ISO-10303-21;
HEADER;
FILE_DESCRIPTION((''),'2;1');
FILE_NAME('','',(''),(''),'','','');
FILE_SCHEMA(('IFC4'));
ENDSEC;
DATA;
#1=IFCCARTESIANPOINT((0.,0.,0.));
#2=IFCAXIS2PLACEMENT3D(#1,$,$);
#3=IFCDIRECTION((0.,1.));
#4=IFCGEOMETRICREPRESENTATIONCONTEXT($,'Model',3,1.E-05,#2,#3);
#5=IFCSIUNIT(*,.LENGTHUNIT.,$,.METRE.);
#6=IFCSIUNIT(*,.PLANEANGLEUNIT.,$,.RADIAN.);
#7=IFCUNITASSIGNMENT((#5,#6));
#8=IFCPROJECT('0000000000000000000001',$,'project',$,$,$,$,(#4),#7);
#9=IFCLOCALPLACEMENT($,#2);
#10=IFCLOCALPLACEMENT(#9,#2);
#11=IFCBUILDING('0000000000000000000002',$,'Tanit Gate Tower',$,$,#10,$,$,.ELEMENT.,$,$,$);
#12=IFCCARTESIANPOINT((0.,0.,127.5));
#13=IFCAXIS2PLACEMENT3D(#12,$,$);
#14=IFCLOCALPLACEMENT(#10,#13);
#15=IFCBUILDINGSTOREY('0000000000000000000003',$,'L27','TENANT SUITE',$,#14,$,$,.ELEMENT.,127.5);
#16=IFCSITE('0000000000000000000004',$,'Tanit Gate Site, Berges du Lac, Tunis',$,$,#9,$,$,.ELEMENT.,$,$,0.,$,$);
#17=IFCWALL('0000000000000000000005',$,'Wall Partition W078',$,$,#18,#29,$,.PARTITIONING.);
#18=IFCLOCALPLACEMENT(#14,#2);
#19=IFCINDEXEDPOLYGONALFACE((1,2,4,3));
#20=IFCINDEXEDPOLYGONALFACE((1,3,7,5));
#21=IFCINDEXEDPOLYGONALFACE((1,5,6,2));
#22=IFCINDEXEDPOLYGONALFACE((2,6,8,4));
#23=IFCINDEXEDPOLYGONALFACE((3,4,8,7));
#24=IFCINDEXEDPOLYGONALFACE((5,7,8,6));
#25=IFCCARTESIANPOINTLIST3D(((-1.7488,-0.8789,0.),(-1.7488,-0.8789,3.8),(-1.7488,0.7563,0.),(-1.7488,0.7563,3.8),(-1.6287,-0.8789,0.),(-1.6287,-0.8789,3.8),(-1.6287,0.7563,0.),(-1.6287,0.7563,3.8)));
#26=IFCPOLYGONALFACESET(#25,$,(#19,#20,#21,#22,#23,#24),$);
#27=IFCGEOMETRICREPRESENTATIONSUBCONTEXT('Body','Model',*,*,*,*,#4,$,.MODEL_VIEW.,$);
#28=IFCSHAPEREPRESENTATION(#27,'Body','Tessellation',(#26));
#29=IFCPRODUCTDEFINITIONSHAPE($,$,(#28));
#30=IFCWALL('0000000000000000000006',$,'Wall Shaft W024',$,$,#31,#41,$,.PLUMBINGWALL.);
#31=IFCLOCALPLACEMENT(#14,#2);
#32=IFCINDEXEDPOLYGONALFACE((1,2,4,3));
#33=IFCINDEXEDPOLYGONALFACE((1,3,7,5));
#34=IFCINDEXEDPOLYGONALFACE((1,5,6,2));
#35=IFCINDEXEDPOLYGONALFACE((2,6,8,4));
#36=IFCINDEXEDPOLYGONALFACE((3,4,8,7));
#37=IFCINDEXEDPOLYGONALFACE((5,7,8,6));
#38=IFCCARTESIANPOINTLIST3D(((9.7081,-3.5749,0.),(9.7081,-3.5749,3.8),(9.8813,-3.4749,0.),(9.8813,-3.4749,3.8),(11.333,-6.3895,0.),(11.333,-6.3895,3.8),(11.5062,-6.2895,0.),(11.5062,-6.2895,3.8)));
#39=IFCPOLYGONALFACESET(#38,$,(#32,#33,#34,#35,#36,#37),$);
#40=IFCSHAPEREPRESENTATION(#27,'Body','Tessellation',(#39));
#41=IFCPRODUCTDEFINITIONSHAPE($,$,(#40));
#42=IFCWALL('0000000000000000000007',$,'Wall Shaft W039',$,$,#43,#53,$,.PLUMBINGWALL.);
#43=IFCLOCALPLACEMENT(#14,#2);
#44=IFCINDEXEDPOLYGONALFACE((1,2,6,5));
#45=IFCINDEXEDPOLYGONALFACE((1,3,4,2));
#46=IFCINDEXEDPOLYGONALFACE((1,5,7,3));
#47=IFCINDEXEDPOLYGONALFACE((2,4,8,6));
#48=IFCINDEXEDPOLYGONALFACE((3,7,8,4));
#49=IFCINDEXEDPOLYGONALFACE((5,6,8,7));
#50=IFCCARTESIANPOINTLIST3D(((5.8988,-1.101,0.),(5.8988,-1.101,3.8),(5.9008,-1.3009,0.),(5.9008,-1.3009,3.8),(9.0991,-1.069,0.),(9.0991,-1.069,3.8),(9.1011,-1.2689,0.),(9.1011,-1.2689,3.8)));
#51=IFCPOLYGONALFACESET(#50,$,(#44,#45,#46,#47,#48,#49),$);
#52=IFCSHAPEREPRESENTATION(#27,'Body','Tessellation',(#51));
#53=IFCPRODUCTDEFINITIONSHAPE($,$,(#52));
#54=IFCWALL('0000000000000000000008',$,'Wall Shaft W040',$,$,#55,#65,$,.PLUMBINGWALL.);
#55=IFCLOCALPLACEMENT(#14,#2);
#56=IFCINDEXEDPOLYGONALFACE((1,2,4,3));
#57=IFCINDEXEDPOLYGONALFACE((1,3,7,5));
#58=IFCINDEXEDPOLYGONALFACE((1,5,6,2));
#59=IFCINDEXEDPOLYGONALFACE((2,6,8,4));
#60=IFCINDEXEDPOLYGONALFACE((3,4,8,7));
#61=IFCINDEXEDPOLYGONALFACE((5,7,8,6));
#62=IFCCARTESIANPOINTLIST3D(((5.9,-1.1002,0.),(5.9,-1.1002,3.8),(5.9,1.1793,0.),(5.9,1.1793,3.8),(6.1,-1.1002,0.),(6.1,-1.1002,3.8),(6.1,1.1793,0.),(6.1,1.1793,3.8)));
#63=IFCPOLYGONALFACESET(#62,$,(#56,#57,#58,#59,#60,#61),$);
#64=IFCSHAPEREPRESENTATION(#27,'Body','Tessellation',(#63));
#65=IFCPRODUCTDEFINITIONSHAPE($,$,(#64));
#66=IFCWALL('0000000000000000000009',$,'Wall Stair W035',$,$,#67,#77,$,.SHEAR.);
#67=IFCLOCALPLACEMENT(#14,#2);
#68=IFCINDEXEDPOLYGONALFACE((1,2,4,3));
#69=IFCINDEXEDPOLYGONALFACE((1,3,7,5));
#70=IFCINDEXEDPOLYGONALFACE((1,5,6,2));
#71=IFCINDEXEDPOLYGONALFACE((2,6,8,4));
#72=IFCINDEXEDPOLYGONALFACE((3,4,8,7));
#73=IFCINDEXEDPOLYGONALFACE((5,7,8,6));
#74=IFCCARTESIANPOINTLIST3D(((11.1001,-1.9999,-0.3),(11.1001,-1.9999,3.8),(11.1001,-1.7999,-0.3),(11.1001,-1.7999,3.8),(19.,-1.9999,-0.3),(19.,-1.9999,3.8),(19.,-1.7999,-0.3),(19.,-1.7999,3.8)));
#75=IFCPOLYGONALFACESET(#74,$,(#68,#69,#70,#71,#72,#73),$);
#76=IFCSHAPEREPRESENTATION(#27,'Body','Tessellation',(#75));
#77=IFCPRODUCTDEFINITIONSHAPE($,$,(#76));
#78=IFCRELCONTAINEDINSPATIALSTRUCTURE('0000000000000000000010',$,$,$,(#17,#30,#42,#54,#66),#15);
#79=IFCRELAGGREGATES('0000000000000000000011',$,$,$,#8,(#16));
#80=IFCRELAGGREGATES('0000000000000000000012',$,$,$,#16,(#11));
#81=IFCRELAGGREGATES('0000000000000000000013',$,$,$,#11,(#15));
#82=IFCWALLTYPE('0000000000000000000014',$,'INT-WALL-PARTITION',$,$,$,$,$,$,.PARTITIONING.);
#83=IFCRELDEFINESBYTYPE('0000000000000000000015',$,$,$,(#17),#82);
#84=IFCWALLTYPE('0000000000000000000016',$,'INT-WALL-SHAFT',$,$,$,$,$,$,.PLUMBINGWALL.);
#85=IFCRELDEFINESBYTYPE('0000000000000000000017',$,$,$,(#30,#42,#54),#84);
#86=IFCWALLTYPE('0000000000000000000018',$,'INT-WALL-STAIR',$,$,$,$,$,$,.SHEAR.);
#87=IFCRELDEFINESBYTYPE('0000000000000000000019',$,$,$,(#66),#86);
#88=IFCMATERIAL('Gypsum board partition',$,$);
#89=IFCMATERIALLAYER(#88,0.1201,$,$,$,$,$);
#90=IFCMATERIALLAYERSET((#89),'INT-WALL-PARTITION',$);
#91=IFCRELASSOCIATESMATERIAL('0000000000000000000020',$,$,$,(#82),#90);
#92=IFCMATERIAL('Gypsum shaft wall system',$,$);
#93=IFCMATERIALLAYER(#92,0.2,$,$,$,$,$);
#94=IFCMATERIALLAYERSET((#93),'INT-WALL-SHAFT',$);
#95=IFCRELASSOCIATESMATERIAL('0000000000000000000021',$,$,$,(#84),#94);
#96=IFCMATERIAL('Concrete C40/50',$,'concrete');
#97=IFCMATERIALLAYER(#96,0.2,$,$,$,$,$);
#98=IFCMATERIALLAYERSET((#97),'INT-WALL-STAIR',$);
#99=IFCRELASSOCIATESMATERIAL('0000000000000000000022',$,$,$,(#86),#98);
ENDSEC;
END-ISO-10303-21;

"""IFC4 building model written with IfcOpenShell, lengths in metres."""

from ifc_helpers import new_model, si_unit, direction, frame, frame_2d, origin, place, context, subcontext, project, spatial, rectangle, extrude, material, layer, layer_set, type_object, element, save


model = new_model("IFC4")

# Units and contexts
model_context = context("Model", 3, precision=1e-05, world=origin(), true_north=direction((0.0, 1.0)))
body_context = subcontext(model_context, "Body", "Model", "MODEL_VIEW")
ifc_project = project(units=[si_unit("LENGTHUNIT", "METRE"), si_unit("PLANEANGLEUNIT", "RADIAN")], contexts=[model_context])

# Site, building, storey
site_placement = place(None, origin())
site = spatial("IfcSite", under=ifc_project, at=site_placement, Name="Tanit Gate Site, Berges du Lac, Tunis", CompositionType="ELEMENT", RefElevation=0.0)
building_placement = place(site_placement, origin())
building = spatial("IfcBuilding", under=site, at=building_placement, Name="Tanit Gate Tower", CompositionType="ELEMENT")
storey_placement = place(building_placement, frame((0.0, 0.0, 127.5)))
storey = spatial("IfcBuildingStorey", under=building, at=storey_placement, Name="L27", Description="TENANT SUITE", CompositionType="ELEMENT", Elevation=127.5)

# Shared definitions
ifc_material_1 = material(Name="Gypsum board partition")
ifc_layer_1 = layer(ifc_material_1, 0.1201)
ifc_layer_set_1 = layer_set([ifc_layer_1], Name="INT-WALL-PARTITION")
wall_type_1 = type_object("IfcWallType", Name="INT-WALL-PARTITION", PredefinedType="PARTITIONING", material=ifc_layer_set_1)

# Walls
wall_1_placement = place(storey_placement, frame((-1.6887, -0.8789, 0.0), z_axis=(0.0, 0.0, 1.0), x_axis=(0.0, 1.0, 0.0)))
element("IfcWall", 1, at=wall_1_placement, inside=storey, type_object=wall_type_1, Name="Wall Partition W078", PredefinedType="PARTITIONING", context=body_context, shape_type="SweptSolid", body=[
    extrude(rectangle(XDim=1.6353, YDim=0.1201, at=frame_2d((0.8176, 0.0))), origin(), (0.0, 0.0, 1.0), 3.8),
])
ifc_material_2 = material(Name="Gypsum shaft wall system")
ifc_layer_2 = layer(ifc_material_2, 0.2)
ifc_layer_set_2 = layer_set([ifc_layer_2], Name="INT-WALL-SHAFT")
wall_type_2 = type_object("IfcWallType", Name="INT-WALL-SHAFT", PredefinedType="PLUMBINGWALL", material=ifc_layer_set_2)
wall_2_placement = place(storey_placement, frame((9.7947, -3.5249, 0.0), z_axis=(0.0, 0.0, 1.0), x_axis=(0.499985, -0.866034, 0.0)))
element("IfcWall", 2, at=wall_2_placement, inside=storey, type_object=wall_type_2, Name="Wall Shaft W024", PredefinedType="PLUMBINGWALL", context=body_context, shape_type="SweptSolid", body=[
    extrude(rectangle(XDim=3.25, YDim=0.2, at=frame_2d((1.625, 0.0))), origin(), (0.0, 0.0, 1.0), 3.8),
])
wall_3_placement = place(storey_placement, frame((5.8999, -1.2009, 0.0), z_axis=(0.0, 0.0, 1.0), x_axis=(0.99995, 0.009993, 0.0)))
element("IfcWall", 3, at=wall_3_placement, inside=storey, type_object=wall_type_2, Name="Wall Shaft W039", PredefinedType="PLUMBINGWALL", context=body_context, shape_type="SweptSolid", body=[
    extrude(rectangle(XDim=3.2004, YDim=0.2, at=frame_2d((1.6001, 0.0))), origin(), (0.0, 0.0, 1.0), 3.8),
])
wall_4_placement = place(storey_placement, frame((6.0, -1.1001, 0.0), z_axis=(0.0, 0.0, 1.0), x_axis=(0.0, 1.0, 0.0)))
element("IfcWall", 4, at=wall_4_placement, inside=storey, type_object=wall_type_2, Name="Wall Shaft W040", PredefinedType="PLUMBINGWALL", context=body_context, shape_type="SweptSolid", body=[
    extrude(rectangle(XDim=2.2795, YDim=0.2, at=frame_2d((1.1396, 0.0))), origin(), (0.0, 0.0, 1.0), 3.8),
])
ifc_material_3 = material(Name="Concrete C40/50", Category="concrete")
ifc_layer_3 = layer(ifc_material_3, 0.2)
ifc_layer_set_3 = layer_set([ifc_layer_3], Name="INT-WALL-STAIR")
wall_type_3 = type_object("IfcWallType", Name="INT-WALL-STAIR", PredefinedType="SHEAR", material=ifc_layer_set_3)
wall_5_placement = place(storey_placement, frame((11.1001, -1.8999, -0.3), z_axis=(0.0, 0.0, 1.0), x_axis=(1.0, 0.0, 0.0)))
element("IfcWall", 5, at=wall_5_placement, inside=storey, type_object=wall_type_3, Name="Wall Stair W035", PredefinedType="SHEAR", context=body_context, shape_type="SweptSolid", body=[
    extrude(rectangle(XDim=7.8999, YDim=0.2, at=frame_2d((3.95, 0.0))), origin(), (0.0, 0.0, 1.0), 4.1001),
])

save(model, "model.ifc")
